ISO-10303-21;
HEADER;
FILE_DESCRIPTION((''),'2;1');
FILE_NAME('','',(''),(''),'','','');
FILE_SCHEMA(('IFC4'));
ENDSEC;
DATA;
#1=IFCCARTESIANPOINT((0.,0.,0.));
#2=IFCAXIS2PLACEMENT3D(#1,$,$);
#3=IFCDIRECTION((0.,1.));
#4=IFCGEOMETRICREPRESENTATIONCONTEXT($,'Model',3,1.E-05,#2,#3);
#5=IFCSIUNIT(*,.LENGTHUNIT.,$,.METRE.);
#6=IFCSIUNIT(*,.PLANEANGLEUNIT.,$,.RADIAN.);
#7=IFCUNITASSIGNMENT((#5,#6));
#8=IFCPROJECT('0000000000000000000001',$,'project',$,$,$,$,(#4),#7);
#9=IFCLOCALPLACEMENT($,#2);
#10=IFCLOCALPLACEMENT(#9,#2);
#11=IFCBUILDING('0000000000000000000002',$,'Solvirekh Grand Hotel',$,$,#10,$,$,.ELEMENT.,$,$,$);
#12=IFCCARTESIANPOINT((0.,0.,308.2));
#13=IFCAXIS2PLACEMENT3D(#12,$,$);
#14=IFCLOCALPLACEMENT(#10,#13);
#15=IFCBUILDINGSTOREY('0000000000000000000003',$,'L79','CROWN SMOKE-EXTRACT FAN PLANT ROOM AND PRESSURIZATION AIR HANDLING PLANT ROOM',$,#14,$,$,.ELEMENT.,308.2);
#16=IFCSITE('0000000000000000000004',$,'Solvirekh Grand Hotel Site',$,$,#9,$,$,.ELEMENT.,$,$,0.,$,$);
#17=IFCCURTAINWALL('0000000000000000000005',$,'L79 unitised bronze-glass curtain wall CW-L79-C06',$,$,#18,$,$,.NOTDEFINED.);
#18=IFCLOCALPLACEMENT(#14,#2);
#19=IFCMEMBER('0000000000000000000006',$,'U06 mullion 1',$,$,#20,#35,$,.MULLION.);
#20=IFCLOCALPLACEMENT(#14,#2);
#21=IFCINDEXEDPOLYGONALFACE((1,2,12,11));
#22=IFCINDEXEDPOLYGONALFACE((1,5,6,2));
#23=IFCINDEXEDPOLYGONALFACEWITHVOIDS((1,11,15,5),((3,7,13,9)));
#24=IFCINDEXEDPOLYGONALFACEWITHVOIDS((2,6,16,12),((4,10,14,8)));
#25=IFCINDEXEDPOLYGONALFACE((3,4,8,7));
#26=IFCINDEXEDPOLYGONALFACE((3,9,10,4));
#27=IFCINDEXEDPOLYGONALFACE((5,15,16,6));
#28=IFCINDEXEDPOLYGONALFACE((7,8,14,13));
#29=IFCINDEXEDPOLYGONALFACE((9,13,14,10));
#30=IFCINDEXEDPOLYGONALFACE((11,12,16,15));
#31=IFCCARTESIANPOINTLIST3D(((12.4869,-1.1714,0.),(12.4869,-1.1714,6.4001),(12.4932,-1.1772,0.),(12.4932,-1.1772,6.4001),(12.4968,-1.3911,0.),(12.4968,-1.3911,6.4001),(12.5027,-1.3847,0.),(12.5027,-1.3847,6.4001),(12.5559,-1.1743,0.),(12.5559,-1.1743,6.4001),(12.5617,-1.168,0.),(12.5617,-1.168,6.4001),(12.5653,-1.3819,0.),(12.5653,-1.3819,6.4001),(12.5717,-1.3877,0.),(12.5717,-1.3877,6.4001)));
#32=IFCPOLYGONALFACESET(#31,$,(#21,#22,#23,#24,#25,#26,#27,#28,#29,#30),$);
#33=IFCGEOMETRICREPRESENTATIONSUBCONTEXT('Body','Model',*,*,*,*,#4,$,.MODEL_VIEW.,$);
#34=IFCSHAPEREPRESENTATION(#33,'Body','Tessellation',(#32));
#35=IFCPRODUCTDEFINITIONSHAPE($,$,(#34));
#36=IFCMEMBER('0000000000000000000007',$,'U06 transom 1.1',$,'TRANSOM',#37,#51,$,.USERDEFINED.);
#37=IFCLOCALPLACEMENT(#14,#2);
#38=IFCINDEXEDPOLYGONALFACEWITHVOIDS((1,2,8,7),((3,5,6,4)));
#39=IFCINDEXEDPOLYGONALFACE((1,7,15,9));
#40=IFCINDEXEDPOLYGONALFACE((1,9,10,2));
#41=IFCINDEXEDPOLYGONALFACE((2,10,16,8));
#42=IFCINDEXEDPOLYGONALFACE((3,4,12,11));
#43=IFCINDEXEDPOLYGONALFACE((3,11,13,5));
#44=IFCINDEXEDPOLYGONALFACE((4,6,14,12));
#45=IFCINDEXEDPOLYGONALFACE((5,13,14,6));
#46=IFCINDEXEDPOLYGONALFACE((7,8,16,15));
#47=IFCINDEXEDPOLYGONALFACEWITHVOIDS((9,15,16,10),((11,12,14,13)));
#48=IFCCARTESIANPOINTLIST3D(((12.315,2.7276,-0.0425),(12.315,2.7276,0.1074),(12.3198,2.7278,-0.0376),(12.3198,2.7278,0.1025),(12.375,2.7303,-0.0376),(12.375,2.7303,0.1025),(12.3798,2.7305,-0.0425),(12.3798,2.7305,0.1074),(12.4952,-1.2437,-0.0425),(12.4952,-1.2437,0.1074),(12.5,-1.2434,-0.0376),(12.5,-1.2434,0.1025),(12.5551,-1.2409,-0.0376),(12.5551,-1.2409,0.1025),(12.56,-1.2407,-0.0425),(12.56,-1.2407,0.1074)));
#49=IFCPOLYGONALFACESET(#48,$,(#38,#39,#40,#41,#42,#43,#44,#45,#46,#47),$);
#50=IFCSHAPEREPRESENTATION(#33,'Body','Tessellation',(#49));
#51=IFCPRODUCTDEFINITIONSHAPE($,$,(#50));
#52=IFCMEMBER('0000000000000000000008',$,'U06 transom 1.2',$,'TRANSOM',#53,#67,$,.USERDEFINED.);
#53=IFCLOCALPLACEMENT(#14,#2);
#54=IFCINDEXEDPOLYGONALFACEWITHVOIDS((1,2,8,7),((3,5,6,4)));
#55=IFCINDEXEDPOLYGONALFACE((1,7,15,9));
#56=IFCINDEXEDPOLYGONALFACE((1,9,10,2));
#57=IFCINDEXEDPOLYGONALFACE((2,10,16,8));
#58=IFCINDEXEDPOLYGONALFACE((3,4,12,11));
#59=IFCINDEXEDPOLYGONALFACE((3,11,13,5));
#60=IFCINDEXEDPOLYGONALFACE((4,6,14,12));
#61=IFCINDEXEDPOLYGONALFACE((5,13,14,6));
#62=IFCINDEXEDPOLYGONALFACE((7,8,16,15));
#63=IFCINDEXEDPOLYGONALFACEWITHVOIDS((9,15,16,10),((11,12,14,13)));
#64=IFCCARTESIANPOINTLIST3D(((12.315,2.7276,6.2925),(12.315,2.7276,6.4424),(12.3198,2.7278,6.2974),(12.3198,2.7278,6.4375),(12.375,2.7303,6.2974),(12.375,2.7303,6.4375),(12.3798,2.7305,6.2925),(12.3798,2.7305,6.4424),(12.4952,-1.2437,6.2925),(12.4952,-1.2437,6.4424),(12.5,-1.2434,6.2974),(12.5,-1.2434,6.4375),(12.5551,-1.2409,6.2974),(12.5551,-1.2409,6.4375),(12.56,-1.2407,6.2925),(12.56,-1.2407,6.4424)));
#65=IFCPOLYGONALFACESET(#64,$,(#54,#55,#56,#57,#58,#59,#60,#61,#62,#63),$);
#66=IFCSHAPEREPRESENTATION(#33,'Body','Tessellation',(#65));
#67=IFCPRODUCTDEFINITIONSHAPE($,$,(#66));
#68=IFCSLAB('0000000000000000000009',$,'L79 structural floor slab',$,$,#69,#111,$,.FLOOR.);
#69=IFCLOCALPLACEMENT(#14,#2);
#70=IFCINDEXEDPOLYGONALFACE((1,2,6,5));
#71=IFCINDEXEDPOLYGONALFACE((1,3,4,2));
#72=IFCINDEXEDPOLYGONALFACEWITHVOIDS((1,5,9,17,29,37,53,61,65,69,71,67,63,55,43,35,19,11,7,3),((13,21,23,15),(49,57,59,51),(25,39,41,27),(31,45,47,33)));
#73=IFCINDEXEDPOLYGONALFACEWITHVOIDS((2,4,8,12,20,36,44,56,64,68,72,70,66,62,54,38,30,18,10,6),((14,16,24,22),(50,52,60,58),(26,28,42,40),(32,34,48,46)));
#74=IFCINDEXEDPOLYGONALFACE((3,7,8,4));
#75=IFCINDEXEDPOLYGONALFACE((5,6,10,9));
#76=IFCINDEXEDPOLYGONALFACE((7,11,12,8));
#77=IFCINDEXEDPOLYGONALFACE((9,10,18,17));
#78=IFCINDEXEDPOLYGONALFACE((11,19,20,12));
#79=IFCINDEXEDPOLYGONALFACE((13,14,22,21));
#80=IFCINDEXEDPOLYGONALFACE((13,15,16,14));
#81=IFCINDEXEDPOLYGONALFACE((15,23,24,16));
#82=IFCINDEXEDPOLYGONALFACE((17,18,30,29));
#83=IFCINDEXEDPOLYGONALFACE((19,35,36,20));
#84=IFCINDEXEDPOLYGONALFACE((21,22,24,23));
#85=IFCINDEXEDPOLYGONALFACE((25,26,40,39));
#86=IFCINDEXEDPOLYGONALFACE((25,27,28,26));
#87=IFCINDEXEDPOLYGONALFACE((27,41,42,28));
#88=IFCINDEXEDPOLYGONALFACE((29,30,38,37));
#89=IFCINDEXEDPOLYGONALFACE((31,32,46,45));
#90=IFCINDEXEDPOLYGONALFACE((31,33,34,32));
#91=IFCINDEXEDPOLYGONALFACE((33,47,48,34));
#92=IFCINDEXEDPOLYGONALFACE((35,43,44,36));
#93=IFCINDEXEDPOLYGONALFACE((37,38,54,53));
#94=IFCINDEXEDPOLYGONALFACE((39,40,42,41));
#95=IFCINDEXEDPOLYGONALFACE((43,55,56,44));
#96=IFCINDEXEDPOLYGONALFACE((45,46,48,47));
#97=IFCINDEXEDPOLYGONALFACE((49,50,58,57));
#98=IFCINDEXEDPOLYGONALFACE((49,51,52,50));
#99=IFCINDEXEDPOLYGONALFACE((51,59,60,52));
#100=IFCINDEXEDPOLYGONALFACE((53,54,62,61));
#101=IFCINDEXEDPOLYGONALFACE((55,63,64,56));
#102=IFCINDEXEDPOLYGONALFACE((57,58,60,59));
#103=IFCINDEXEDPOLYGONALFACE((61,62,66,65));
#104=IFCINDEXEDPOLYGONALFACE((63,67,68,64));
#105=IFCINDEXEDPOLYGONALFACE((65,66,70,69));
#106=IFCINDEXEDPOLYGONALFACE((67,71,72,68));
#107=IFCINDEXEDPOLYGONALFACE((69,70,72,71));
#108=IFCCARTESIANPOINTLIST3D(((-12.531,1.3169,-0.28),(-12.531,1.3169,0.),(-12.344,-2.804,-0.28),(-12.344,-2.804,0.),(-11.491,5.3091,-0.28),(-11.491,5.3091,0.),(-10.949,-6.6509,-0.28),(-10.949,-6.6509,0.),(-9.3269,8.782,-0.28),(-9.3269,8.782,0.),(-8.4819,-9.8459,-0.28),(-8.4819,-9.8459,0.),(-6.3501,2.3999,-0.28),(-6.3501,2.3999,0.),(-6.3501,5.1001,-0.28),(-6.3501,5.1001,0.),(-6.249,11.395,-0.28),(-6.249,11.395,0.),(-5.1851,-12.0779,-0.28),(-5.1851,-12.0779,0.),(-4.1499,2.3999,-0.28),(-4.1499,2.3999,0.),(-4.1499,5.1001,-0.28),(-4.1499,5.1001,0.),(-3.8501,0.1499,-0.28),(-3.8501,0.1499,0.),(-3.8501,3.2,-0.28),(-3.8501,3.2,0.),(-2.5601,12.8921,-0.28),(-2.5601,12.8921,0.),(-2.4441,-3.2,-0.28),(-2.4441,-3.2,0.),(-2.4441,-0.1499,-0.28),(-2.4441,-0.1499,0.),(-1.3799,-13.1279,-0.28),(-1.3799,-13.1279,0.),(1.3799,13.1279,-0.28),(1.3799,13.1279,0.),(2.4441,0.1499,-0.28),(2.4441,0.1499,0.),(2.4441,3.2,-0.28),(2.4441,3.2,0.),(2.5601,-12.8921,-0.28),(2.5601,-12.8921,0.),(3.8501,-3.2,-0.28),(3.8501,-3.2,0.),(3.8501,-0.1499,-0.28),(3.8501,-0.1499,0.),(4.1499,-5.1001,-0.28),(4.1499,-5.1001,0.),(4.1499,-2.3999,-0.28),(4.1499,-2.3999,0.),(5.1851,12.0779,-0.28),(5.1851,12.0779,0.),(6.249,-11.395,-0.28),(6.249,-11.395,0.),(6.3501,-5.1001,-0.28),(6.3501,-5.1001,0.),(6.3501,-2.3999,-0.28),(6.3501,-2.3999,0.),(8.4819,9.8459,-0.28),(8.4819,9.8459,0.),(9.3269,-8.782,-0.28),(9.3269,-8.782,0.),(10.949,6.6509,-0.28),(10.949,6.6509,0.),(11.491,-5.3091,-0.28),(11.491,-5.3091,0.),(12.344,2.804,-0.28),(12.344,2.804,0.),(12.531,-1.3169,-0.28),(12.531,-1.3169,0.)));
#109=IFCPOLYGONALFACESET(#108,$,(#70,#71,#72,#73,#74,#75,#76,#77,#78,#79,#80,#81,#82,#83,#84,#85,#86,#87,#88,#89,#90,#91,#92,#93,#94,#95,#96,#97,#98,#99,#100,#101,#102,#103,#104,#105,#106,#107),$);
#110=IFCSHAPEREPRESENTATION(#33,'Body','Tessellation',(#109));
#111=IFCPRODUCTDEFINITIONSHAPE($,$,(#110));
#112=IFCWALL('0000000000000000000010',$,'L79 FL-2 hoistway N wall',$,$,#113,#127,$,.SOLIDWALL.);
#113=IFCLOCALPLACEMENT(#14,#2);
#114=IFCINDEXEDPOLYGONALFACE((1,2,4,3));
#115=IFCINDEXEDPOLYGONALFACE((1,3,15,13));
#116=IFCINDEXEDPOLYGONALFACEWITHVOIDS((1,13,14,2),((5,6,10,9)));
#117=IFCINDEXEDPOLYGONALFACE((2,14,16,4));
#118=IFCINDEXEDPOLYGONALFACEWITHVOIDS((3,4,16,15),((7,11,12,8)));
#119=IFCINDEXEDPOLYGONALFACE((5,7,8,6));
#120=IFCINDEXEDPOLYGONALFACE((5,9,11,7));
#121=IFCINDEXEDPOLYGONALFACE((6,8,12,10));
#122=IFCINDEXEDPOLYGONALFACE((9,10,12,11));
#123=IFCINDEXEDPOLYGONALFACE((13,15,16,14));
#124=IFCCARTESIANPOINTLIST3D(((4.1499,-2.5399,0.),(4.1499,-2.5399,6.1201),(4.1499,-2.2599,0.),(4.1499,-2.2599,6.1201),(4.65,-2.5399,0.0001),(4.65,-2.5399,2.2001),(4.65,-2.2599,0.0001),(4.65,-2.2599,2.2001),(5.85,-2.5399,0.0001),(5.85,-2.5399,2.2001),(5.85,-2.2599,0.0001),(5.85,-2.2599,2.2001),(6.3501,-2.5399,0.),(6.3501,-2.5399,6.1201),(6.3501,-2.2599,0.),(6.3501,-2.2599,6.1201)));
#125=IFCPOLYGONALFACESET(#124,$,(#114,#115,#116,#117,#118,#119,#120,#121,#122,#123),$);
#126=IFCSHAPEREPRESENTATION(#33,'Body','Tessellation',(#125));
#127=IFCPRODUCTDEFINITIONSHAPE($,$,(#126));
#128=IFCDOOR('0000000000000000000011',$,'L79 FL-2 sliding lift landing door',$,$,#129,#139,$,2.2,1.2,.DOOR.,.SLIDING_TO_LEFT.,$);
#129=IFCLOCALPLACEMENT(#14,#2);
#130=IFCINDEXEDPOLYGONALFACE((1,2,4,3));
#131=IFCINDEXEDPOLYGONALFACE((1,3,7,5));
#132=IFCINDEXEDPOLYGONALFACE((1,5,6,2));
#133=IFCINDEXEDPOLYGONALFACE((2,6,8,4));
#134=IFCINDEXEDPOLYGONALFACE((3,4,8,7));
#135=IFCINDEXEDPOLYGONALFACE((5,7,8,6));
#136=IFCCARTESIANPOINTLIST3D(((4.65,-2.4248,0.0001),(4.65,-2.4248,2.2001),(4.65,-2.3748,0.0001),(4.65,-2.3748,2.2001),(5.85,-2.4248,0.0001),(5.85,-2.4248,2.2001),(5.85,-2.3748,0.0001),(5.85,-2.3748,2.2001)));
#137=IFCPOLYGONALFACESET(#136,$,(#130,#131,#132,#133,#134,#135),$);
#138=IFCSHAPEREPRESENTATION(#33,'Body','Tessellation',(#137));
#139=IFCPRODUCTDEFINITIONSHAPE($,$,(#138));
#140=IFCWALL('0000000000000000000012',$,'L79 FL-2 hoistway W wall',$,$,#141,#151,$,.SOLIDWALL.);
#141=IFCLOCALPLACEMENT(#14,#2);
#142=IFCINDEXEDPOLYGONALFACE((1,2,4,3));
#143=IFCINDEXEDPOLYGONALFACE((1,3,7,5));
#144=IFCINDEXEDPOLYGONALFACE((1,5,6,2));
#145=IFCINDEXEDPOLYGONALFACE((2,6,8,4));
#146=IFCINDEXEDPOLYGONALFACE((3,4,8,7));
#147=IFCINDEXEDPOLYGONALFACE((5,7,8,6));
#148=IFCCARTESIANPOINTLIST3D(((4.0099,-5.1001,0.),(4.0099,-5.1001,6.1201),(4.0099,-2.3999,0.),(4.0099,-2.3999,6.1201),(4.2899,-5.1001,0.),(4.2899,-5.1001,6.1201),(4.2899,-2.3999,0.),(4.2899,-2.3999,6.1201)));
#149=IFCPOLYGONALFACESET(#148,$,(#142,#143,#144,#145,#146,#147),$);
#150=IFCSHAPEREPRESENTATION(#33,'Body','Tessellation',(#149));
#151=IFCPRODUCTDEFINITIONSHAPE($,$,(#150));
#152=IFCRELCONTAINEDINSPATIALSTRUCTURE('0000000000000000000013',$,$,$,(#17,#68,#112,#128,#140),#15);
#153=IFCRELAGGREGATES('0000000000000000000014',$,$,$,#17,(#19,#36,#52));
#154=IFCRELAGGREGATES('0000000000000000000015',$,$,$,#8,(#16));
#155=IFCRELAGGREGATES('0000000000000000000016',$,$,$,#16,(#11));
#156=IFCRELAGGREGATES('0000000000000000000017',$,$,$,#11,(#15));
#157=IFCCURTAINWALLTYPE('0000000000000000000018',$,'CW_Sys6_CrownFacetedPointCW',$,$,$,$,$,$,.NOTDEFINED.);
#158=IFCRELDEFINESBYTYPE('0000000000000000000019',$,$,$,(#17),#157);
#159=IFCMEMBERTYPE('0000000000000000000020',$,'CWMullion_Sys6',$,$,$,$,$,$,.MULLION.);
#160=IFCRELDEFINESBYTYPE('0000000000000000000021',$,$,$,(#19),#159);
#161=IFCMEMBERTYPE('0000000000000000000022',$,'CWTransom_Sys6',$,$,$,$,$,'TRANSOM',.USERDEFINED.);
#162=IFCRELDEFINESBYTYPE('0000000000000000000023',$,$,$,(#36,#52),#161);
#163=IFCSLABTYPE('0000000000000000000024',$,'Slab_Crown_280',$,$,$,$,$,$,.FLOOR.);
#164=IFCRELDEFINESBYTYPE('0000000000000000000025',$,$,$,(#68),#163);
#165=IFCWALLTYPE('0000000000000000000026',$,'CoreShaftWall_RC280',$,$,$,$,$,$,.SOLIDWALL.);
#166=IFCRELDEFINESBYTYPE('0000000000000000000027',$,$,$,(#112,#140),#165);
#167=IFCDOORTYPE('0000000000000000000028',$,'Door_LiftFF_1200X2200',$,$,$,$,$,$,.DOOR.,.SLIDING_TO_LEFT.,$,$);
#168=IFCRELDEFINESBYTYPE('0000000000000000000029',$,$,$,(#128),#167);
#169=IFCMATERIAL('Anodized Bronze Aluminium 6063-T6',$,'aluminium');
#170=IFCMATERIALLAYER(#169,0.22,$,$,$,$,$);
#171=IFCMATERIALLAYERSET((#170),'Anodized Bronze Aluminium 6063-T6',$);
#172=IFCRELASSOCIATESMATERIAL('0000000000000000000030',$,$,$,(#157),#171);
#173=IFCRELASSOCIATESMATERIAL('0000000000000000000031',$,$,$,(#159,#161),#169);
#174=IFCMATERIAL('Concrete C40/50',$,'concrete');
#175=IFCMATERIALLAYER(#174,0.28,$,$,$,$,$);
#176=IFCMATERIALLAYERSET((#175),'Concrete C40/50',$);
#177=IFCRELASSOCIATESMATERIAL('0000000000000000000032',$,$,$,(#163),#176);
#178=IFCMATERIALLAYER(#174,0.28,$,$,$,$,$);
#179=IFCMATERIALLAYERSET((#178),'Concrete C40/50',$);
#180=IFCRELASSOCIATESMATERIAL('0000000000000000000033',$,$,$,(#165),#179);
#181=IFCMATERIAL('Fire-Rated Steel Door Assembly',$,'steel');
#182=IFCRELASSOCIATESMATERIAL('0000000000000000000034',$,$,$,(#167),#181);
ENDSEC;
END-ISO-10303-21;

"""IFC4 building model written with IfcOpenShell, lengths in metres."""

from ifc_helpers import new_model, si_unit, direction, frame, frame_2d, origin, origin_2d, place, context, subcontext, project, spatial, polyline, rectangle, hollow_rectangle, outline, extrude, source, transform, mapped, material, layer, layer_set, material_profile, profile_set, type_object, element, fill, aggregate, save


model = new_model("IFC4")

# Units and contexts
model_context = context("Model", 3, precision=1e-05, world=origin(), true_north=direction((0.0, 1.0)))
body_context = subcontext(model_context, "Body", "Model", "MODEL_VIEW")
ifc_project = project(units=[si_unit("LENGTHUNIT", "METRE"), si_unit("PLANEANGLEUNIT", "RADIAN")], contexts=[model_context])

# Site, building, storey
site_placement = place(None, origin())
site = spatial("IfcSite", under=ifc_project, at=site_placement, Name="Solvirekh Grand Hotel Site", CompositionType="ELEMENT", RefElevation=0.0)
building_placement = place(site_placement, origin())
building = spatial("IfcBuilding", under=site, at=building_placement, Name="Solvirekh Grand Hotel", CompositionType="ELEMENT")
storey_placement = place(building_placement, frame((0.0, 0.0, 308.2)))
storey = spatial("IfcBuildingStorey", under=building, at=storey_placement, Name="L79", Description="CROWN SMOKE-EXTRACT FAN PLANT ROOM AND PRESSURIZATION AIR HANDLING PLANT ROOM", CompositionType="ELEMENT", Elevation=308.2)

# Curtain wall, members
ifc_material_1 = material(Name="Anodized Bronze Aluminium 6063-T6", Category="aluminium")
ifc_layer_1 = layer(ifc_material_1, 0.22)
ifc_layer_set_1 = layer_set([ifc_layer_1], Name="Anodized Bronze Aluminium 6063-T6")
curtain_wall_type = type_object("IfcCurtainWallType", Name="CW_Sys6_CrownFacetedPointCW", PredefinedType="NOTDEFINED", material=ifc_layer_set_1)
curtain_wall_placement = place(storey_placement, origin())
curtain_wall = element("IfcCurtainWall", 1, at=curtain_wall_placement, inside=storey, type_object=curtain_wall_type, Name="L79 unitised bronze-glass curtain wall CW-L79-C06", PredefinedType="NOTDEFINED")
ifc_material_profile_1 = material_profile(ifc_material_1, hollow_rectangle(XDim=0.075, YDim=0.22, WallThickness=0.0061, at=origin_2d()), Name="ALU RHS 220X75X6")
ifc_profile_set_1 = profile_set([ifc_material_profile_1], Name="Anodized Bronze Aluminium 6063-T6")
member_type_1 = type_object("IfcMemberType", Name="CWMullion_Sys6", PredefinedType="MULLION", material=ifc_profile_set_1)
shared_shape_1 = source(origin(), body_context, "Body", "SweptSolid", [
    extrude(hollow_rectangle(XDim=0.075, YDim=0.22, WallThickness=0.0061, at=origin_2d()), origin(), (0.0, 0.0, 1.0), 6.4001),
])
member_1_placement = place(storey_placement, frame((12.5293, -1.2795, 0.0), z_axis=(0.0, 0.0, 1.0), x_axis=(-0.998972, -0.045331, 0.0)))
member_1 = element("IfcMember", 2, at=member_1_placement, type_object=member_type_1, Name="U06 mullion 1", PredefinedType="MULLION", context=body_context, shape_type="MappedRepresentation", body=[
    mapped(shared_shape_1, transform((0.0, 0.0, 0.0), x_axis=(1.0, 0.0, 0.0), y_axis=(0.0, 1.0, 0.0), z_axis=(0.0, 0.0, 1.0), scale=1.0)),
])
ifc_material_profile_2 = material_profile(ifc_material_1, hollow_rectangle(XDim=0.0649, YDim=0.1499, WallThickness=0.0049, at=origin_2d()), Name="ALU RHS 150X65X5")
ifc_profile_set_2 = profile_set([ifc_material_profile_2], Name="Anodized Bronze Aluminium 6063-T6")
member_type_2 = type_object("IfcMemberType", Name="CWTransom_Sys6", ElementType="TRANSOM", PredefinedType="USERDEFINED", material=ifc_profile_set_2)
shared_shape_2 = source(origin(), body_context, "Body", "SweptSolid", [
    extrude(hollow_rectangle(XDim=0.0649, YDim=0.1499, WallThickness=0.0049, at=origin_2d()), origin(), (0.0, 0.0, 1.0), 3.9753),
])
member_2_placement = place(storey_placement, frame((12.5276, -1.2422, 0.0325), z_axis=(-0.045324, 0.998972, 0.0), x_axis=(-0.998972, -0.045324, 0.0)))
member_2 = element("IfcMember", 3, at=member_2_placement, type_object=member_type_2, Name="U06 transom 1.1", ObjectType="TRANSOM", PredefinedType="USERDEFINED", context=body_context, shape_type="MappedRepresentation", body=[
    mapped(shared_shape_2, transform((0.0, 0.0, 0.0), x_axis=(1.0, 0.0, 0.0), y_axis=(0.0, 1.0, 0.0), z_axis=(0.0, 0.0, 1.0), scale=1.0)),
])
member_3_placement = place(storey_placement, frame((12.5276, -1.2422, 6.3674), z_axis=(-0.045324, 0.998972, 0.0), x_axis=(-0.998972, -0.045324, 0.0)))
member_3 = element("IfcMember", 4, at=member_3_placement, type_object=member_type_2, Name="U06 transom 1.2", ObjectType="TRANSOM", PredefinedType="USERDEFINED", context=body_context, shape_type="MappedRepresentation", body=[
    mapped(shared_shape_2, transform((0.0, 0.0, 0.0), x_axis=(1.0, 0.0, 0.0), y_axis=(0.0, 1.0, 0.0), z_axis=(0.0, 0.0, 1.0), scale=1.0)),
])
aggregate(curtain_wall, [member_1, member_2, member_3])

# Slab
ifc_material_2 = material(Name="Concrete C40/50", Category="concrete")
ifc_layer_2 = layer(ifc_material_2, 0.28)
ifc_layer_set_2 = layer_set([ifc_layer_2], Name="Concrete C40/50")
slab_type = type_object("IfcSlabType", Name="Slab_Crown_280", PredefinedType="FLOOR", material=ifc_layer_set_2)
slab_placement = place(storey_placement, frame((0.0, 0.0, -0.28)))
element("IfcSlab", 5, at=slab_placement, inside=storey, type_object=slab_type, Name="L79 structural floor slab", PredefinedType="FLOOR", context=body_context, shape_type="SweptSolid", body=[
    extrude(outline(polyline([(-1.3799, -13.1279), (2.5601, -12.8921), (6.249, -11.395), (9.3269, -8.782), (11.491, -5.3091), (12.531, -1.3169), (12.344, 2.804), (10.949, 6.6509), (8.4819, 9.8459), (5.1851, 12.0779), (1.3799, 13.1279), (-2.5601, 12.8921), (-6.249, 11.395), (-9.3269, 8.782), (-11.491, 5.3091), (-12.531, 1.3169), (-12.344, -2.804), (-10.949, -6.6509), (-8.4819, -9.8459), (-5.1851, -12.0779), (-1.3799, -13.1279)]), holes=[polyline([(-2.4441, -0.1499), (3.8501, -0.1499), (3.8501, -3.2), (-2.4441, -3.2), (-2.4441, -0.1499)]), polyline([(2.4441, 0.1499), (-3.8501, 0.1499), (-3.8501, 3.2), (2.4441, 3.2), (2.4441, 0.1499)]), polyline([(-6.3501, 5.1001), (-4.1499, 5.1001), (-4.1499, 2.3999), (-6.3501, 2.3999), (-6.3501, 5.1001)]), polyline([(4.1499, -2.3999), (6.3501, -2.3999), (6.3501, -5.1001), (4.1499, -5.1001), (4.1499, -2.3999)])]), origin(), (0.0, 0.0, 1.0), 0.28),
])

# Wall, opening, door
ifc_layer_3 = layer(ifc_material_2, 0.28)
ifc_layer_set_3 = layer_set([ifc_layer_3], Name="Concrete C40/50")
wall_type_1 = type_object("IfcWallType", Name="CoreShaftWall_RC280", PredefinedType="SOLIDWALL", material=ifc_layer_set_3)
wall_1_placement = place(storey_placement, frame((6.3501, -2.3999, 0.0), z_axis=(0.0, 0.0, 1.0), x_axis=(-1.0, 0.0, 0.0)))
wall_1 = element("IfcWall", 6, at=wall_1_placement, inside=storey, type_object=wall_type_1, Name="L79 FL-2 hoistway N wall", PredefinedType="SOLIDWALL", context=body_context, shape_type="SweptSolid", body=[
    extrude(rectangle(XDim=2.2002, YDim=0.28, at=frame_2d((1.1001, 0.0))), origin(), (0.0, 0.0, 1.0), 6.1201),
])
opening_1_placement = place(wall_1_placement, frame((0.5, 0.0, 0.0)))
opening_1 = element("IfcOpeningElement", 7, at=opening_1_placement, cuts=wall_1, PredefinedType="OPENING", context=body_context, shape_type="SweptSolid", body=[
    extrude(rectangle(XDim=1.2, YDim=2.2, at=frame_2d((0.6001, 1.1001))), frame((0.0, 0.1499, 0.0), z_axis=(0.0, -1.0, 0.0), x_axis=(1.0, 0.0, 0.0)), (0.0, 0.0, 1.0), 0.3),
])
ifc_material_3 = material(Name="Fire-Rated Steel Door Assembly", Category="steel")
door_type_1 = type_object("IfcDoorType", Name="Door_LiftFF_1200X2200", OperationType="SLIDING_TO_LEFT", PredefinedType="DOOR", material=ifc_material_3)
door_1_placement = place(opening_1_placement, origin())
door_1 = element("IfcDoor", 8, at=door_1_placement, inside=storey, type_object=door_type_1, Name="L79 FL-2 sliding lift landing door", OperationType="SLIDING_TO_LEFT", OverallHeight=2.2, OverallWidth=1.2, PredefinedType="DOOR", context=body_context, shape_type="SweptSolid", body=[
    extrude(rectangle(XDim=1.2, YDim=2.2, at=frame_2d((0.6001, 1.1001))), frame((0.0, 0.0249, 0.0), z_axis=(0.0, -1.0, 0.0), x_axis=(1.0, 0.0, 0.0)), (0.0, 0.0, 1.0), 0.05),
])
fill(opening_1, door_1)

# Wall
wall_2_placement = place(storey_placement, frame((4.1499, -2.3999, 0.0), z_axis=(0.0, 0.0, 1.0), x_axis=(0.0, -1.0, 0.0)))
element("IfcWall", 9, at=wall_2_placement, inside=storey, type_object=wall_type_1, Name="L79 FL-2 hoistway W wall", PredefinedType="SOLIDWALL", context=body_context, shape_type="SweptSolid", body=[
    extrude(rectangle(XDim=2.7002, YDim=0.28, at=frame_2d((1.3501, 0.0))), origin(), (0.0, 0.0, 1.0), 6.1201),
])

save(model, "model.ifc")
